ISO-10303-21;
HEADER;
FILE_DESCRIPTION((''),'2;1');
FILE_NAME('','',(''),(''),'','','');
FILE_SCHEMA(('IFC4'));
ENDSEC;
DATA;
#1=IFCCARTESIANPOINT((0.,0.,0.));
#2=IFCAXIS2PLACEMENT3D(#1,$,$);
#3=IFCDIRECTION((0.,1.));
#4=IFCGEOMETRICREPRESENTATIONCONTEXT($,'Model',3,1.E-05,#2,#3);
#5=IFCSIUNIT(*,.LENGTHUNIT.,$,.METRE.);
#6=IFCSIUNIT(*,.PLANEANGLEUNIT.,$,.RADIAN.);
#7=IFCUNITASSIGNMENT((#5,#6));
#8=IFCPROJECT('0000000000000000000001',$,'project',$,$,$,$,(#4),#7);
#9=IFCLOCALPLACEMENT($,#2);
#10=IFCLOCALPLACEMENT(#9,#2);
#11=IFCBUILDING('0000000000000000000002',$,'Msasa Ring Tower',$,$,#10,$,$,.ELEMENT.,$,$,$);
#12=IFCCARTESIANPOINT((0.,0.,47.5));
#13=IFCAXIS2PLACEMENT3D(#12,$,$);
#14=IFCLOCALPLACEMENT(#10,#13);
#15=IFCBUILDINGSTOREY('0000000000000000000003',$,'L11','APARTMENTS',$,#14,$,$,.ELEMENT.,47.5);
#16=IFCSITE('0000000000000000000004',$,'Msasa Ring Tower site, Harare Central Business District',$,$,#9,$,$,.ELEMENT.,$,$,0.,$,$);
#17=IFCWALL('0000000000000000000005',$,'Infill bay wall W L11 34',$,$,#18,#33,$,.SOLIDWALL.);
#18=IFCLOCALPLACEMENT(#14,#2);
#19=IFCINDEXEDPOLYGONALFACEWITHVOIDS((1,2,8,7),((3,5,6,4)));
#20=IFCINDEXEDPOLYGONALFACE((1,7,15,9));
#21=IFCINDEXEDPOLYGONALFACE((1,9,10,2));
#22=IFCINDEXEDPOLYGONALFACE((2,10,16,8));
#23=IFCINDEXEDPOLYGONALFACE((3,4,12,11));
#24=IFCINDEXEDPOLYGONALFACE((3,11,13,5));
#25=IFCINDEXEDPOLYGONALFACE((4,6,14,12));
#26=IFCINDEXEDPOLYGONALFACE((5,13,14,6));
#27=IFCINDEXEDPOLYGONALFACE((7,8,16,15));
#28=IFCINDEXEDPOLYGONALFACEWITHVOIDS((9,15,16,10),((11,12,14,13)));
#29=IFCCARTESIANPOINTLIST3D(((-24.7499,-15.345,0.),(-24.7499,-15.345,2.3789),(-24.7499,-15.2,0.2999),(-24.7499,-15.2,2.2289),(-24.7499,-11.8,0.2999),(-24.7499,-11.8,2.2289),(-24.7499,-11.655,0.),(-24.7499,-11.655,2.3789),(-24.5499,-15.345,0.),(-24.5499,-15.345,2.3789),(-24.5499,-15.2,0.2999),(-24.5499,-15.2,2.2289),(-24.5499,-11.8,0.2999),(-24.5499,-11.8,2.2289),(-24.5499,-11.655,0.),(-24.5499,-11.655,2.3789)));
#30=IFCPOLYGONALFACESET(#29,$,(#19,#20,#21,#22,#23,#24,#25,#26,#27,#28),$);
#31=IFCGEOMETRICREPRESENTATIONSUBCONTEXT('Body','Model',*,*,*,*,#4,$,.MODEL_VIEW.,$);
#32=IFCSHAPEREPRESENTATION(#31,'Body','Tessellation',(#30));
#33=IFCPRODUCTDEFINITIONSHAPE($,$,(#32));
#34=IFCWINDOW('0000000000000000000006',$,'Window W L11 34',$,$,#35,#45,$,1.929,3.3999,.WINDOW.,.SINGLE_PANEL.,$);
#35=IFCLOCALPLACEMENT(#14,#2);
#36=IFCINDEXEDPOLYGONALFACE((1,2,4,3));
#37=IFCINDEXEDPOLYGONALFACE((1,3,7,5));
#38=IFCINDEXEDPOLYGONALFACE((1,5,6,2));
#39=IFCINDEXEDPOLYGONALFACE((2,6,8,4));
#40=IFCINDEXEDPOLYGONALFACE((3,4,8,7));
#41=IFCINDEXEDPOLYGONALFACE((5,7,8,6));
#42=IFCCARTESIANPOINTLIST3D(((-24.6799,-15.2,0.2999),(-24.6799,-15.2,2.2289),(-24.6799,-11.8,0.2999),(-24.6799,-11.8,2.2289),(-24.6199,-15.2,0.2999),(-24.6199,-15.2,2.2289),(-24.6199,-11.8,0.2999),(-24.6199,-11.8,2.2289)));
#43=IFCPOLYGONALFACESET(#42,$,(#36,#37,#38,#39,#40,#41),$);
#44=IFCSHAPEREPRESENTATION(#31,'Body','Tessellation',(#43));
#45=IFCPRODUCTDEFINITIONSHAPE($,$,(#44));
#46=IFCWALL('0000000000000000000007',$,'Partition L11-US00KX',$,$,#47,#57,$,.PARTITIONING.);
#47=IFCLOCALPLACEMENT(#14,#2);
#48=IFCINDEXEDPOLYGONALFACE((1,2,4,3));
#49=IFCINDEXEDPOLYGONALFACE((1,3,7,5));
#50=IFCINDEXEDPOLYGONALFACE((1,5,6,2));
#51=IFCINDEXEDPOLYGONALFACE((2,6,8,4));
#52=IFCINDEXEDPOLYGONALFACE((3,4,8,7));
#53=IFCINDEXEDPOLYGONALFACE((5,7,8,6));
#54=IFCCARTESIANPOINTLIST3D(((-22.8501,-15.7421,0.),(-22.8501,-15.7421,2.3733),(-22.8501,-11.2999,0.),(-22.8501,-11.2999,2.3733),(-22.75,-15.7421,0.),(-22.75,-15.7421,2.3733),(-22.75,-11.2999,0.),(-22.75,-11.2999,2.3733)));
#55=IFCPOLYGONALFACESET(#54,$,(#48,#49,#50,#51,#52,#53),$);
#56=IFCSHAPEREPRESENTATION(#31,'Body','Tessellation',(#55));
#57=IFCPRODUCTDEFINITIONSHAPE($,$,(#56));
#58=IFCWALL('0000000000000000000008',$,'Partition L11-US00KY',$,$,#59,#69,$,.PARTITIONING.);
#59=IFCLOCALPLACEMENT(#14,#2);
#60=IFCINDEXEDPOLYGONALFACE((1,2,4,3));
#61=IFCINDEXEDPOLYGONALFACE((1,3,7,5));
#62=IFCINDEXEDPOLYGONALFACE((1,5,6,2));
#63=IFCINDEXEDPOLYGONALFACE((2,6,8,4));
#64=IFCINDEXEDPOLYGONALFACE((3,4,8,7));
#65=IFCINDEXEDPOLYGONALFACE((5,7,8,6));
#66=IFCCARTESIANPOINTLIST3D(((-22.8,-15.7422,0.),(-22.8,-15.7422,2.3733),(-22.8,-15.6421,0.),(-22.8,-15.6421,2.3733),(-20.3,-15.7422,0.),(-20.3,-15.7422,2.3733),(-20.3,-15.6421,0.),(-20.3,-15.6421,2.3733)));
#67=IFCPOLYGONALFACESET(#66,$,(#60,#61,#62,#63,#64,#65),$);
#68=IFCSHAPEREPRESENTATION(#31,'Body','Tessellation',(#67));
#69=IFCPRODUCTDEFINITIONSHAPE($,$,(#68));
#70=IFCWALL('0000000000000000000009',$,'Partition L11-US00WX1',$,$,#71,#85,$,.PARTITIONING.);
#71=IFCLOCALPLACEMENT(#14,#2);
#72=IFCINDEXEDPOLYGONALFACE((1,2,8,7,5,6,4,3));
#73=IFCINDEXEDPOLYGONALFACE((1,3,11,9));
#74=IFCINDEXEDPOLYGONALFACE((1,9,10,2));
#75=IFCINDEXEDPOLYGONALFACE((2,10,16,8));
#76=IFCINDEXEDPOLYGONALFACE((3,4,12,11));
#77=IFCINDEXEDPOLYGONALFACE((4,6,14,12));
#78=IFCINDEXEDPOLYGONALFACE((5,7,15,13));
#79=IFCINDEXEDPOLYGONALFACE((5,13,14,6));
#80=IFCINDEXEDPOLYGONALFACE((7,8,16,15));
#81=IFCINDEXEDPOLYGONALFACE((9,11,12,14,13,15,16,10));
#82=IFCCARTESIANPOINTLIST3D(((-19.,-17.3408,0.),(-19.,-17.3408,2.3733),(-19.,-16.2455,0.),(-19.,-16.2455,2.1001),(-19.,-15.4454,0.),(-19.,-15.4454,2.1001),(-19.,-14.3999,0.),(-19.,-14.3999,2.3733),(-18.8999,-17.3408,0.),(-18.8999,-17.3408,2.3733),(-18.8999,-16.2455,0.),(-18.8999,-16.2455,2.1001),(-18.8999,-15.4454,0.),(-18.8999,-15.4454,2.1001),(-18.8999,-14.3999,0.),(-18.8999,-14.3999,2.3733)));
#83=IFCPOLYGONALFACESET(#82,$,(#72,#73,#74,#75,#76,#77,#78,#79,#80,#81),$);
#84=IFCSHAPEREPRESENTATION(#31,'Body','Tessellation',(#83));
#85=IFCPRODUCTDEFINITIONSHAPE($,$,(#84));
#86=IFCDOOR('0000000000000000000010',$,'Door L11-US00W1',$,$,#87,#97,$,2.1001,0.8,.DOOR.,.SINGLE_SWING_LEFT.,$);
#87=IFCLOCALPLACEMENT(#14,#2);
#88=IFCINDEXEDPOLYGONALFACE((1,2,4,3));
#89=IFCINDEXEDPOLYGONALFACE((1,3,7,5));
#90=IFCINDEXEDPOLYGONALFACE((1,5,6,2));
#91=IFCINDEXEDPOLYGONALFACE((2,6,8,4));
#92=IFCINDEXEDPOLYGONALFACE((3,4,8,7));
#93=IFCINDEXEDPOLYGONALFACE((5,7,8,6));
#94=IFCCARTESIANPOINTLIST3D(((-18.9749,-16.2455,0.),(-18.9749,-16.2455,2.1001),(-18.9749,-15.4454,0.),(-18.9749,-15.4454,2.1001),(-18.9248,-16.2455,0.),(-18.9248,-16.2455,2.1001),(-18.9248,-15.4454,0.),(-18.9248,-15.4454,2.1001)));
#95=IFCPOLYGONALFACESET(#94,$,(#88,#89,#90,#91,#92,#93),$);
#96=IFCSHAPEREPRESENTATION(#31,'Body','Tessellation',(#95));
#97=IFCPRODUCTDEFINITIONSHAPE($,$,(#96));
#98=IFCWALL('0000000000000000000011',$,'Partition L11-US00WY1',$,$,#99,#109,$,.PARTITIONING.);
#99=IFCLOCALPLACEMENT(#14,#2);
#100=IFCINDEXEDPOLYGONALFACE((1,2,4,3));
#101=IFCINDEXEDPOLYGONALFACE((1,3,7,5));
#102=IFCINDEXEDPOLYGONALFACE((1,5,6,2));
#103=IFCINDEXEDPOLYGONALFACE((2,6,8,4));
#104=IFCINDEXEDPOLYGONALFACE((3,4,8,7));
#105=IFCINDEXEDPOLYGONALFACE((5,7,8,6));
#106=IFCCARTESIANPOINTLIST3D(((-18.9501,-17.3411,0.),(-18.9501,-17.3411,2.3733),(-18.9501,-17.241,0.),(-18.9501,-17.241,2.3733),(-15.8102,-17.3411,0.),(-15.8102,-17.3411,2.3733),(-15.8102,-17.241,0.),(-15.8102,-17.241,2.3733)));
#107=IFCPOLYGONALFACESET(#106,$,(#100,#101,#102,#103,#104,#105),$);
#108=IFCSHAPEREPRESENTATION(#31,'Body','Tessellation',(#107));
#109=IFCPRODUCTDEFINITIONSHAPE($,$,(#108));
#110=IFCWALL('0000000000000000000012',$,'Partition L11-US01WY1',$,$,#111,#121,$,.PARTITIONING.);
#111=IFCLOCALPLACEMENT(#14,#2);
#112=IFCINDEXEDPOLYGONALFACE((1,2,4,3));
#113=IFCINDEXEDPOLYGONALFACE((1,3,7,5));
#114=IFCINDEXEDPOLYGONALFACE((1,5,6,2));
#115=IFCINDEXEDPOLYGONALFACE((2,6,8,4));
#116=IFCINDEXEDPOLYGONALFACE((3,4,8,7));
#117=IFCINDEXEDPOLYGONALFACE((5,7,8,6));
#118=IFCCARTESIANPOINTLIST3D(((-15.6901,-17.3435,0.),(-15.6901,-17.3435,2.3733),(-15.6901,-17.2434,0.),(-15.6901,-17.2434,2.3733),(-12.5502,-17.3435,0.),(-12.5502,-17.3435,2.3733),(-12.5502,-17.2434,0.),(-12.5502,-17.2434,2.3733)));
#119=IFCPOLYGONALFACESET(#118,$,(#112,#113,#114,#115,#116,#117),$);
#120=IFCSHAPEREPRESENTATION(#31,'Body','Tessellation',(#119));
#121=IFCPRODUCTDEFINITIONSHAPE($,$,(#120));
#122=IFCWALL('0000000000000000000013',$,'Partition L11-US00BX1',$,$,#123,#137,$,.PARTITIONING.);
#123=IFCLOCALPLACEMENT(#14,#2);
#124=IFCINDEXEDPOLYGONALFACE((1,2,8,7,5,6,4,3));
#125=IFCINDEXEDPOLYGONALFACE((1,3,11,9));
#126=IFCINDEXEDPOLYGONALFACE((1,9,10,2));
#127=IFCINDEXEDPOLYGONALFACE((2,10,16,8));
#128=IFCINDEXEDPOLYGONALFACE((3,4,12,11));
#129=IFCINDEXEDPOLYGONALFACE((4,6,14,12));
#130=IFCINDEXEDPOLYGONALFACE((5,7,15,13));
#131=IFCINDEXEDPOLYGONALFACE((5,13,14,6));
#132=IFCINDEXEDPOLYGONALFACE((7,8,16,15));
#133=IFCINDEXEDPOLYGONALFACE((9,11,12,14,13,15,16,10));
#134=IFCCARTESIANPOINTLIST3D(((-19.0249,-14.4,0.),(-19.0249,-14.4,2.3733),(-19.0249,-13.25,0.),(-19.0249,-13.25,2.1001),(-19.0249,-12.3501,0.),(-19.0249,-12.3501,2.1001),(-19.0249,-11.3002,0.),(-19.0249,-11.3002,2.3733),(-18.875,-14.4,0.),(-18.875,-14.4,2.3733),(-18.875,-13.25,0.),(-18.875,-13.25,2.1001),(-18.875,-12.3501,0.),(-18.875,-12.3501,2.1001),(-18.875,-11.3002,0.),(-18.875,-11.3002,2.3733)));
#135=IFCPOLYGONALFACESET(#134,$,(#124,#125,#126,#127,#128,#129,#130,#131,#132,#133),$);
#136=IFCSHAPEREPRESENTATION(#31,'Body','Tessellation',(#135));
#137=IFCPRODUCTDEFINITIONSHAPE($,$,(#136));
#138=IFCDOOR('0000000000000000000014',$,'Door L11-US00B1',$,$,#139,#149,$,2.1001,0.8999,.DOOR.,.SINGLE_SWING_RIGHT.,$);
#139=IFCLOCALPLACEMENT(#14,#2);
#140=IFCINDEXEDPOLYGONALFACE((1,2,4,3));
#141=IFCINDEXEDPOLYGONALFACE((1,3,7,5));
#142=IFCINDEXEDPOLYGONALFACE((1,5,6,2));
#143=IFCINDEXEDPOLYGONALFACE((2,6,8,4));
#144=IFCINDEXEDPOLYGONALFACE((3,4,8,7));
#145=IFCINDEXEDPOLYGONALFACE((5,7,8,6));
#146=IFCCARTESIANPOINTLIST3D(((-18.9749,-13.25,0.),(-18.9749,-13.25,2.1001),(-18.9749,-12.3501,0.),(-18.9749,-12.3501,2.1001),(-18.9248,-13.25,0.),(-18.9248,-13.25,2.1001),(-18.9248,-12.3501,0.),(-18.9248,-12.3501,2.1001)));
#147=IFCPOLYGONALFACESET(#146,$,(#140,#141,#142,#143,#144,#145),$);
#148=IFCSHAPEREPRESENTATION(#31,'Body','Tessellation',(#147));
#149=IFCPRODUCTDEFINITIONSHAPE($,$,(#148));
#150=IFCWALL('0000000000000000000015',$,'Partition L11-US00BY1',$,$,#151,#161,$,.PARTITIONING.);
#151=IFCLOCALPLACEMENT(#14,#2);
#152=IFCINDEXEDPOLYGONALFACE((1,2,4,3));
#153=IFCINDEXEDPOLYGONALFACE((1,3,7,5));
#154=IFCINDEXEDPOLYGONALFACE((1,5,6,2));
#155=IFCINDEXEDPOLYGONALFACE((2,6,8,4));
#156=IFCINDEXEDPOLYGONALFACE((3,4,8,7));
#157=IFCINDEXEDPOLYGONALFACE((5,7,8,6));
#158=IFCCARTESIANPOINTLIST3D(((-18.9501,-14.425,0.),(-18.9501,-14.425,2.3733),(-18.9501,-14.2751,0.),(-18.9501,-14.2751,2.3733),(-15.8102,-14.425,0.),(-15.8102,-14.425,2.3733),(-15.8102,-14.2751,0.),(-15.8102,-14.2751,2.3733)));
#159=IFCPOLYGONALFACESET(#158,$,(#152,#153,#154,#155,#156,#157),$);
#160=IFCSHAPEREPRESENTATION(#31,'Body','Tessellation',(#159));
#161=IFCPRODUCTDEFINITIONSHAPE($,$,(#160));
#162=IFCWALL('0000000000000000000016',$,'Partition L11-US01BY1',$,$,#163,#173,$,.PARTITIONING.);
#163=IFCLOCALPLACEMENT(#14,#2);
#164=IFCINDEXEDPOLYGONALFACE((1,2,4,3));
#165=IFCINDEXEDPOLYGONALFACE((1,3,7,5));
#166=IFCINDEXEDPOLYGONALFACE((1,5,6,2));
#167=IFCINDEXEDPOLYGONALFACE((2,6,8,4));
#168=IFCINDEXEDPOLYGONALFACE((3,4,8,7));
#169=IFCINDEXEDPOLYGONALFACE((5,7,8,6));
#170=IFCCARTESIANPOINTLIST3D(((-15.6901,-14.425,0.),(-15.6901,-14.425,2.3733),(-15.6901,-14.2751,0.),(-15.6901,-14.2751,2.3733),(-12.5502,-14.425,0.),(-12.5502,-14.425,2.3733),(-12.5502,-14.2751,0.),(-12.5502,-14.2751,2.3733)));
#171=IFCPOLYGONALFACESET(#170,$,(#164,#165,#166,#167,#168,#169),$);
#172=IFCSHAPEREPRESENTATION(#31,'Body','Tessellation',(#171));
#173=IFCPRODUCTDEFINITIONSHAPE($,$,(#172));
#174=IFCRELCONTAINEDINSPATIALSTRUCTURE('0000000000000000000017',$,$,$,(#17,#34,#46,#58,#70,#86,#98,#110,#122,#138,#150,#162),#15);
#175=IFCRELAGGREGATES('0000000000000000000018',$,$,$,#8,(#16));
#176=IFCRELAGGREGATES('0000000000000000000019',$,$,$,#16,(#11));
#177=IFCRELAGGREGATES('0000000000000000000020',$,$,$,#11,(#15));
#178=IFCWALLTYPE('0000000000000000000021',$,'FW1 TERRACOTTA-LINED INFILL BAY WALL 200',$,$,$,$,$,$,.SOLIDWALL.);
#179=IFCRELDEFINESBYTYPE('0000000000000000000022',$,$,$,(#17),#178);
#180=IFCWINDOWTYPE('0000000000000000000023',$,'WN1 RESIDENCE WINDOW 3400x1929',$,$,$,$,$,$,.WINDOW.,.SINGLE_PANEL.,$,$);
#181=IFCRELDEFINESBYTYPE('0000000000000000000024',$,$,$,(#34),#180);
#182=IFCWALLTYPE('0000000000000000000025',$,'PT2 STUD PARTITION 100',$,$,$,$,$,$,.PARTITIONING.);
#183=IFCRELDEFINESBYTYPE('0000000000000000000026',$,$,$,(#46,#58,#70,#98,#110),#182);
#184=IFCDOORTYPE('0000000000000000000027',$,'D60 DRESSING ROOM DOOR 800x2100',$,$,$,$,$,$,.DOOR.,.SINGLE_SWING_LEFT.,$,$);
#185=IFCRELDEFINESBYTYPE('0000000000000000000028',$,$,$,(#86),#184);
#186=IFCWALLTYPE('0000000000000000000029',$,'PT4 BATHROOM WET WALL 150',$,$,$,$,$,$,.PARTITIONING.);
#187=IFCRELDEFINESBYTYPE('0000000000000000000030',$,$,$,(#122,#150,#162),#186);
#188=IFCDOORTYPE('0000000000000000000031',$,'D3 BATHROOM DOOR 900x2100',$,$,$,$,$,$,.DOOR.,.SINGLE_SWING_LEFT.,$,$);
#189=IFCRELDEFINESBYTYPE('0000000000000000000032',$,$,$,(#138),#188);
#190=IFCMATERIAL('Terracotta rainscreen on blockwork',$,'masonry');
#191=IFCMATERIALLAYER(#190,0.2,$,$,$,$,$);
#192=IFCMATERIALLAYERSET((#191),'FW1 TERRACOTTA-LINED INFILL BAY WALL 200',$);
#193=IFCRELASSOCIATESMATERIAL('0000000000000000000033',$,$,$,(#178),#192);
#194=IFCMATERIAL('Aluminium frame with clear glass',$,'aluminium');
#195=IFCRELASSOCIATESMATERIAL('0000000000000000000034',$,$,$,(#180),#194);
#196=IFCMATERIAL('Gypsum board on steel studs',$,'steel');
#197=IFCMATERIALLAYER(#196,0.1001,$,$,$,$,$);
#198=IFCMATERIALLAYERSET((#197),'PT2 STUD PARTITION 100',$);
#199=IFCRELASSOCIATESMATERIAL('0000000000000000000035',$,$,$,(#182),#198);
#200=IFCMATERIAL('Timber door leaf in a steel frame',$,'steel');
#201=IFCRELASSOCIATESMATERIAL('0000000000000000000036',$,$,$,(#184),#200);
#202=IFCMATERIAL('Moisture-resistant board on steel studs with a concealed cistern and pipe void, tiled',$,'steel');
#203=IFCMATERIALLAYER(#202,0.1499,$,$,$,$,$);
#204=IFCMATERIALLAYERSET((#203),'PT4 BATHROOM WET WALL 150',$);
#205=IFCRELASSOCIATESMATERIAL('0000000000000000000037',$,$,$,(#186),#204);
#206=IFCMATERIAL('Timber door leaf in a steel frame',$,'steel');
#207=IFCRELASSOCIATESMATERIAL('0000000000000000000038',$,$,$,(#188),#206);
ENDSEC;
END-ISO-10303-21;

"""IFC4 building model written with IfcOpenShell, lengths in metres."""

from ifc_helpers import new_model, si_unit, direction, frame, frame_2d, origin, place, context, subcontext, project, spatial, rectangle, extrude, material, layer, layer_set, type_object, element, fill, save


model = new_model("IFC4")

# Units and contexts
model_context = context("Model", 3, precision=1e-05, world=origin(), true_north=direction((0.0, 1.0)))
body_context = subcontext(model_context, "Body", "Model", "MODEL_VIEW")
ifc_project = project(units=[si_unit("LENGTHUNIT", "METRE"), si_unit("PLANEANGLEUNIT", "RADIAN")], contexts=[model_context])

# Site, building, storey
site_placement = place(None, origin())
site = spatial("IfcSite", under=ifc_project, at=site_placement, Name="Msasa Ring Tower site, Harare Central Business District", CompositionType="ELEMENT", RefElevation=0.0)
building_placement = place(site_placement, origin())
building = spatial("IfcBuilding", under=site, at=building_placement, Name="Msasa Ring Tower", CompositionType="ELEMENT")
storey_placement = place(building_placement, frame((0.0, 0.0, 47.5)))
storey = spatial("IfcBuildingStorey", under=building, at=storey_placement, Name="L11", Description="APARTMENTS", CompositionType="ELEMENT", Elevation=47.5)

# Wall, opening, window
ifc_material_1 = material(Name="Terracotta rainscreen on blockwork", Category="masonry")
ifc_layer_1 = layer(ifc_material_1, 0.2)
ifc_layer_set_1 = layer_set([ifc_layer_1], Name="FW1 TERRACOTTA-LINED INFILL BAY WALL 200")
wall_type_1 = type_object("IfcWallType", Name="FW1 TERRACOTTA-LINED INFILL BAY WALL 200", PredefinedType="SOLIDWALL", material=ifc_layer_set_1)
ifc_material_2 = material(Name="Aluminium frame with clear glass", Category="aluminium")
window_type = type_object("IfcWindowType", Name="WN1 RESIDENCE WINDOW 3400x1929", PartitioningType="SINGLE_PANEL", PredefinedType="WINDOW", material=ifc_material_2)
wall_1_placement = place(storey_placement, frame((-24.6499, -15.345, 0.0), z_axis=(0.0, 0.0, 1.0), x_axis=(0.0, 1.0, 0.0)))
wall_1 = element("IfcWall", 1, at=wall_1_placement, inside=storey, type_object=wall_type_1, Name="Infill bay wall W L11 34", PredefinedType="SOLIDWALL", context=body_context, shape_type="SweptSolid", body=[
    extrude(rectangle(XDim=3.6899, YDim=0.2, at=frame_2d((1.845, 0.0))), origin(), (0.0, 0.0, 1.0), 2.3789),
])
opening_1_placement = place(wall_1_placement, frame((0.145, 0.0, 0.3)))
opening_1 = element("IfcOpeningElement", 2, at=opening_1_placement, cuts=wall_1, PredefinedType="OPENING", context=body_context, shape_type="SweptSolid", body=[
    extrude(rectangle(XDim=3.3999, YDim=1.929, at=frame_2d((1.7, 0.9644))), frame((0.0, 0.1099, 0.0), z_axis=(0.0, -1.0, 0.0), x_axis=(1.0, 0.0, 0.0)), (0.0, 0.0, 1.0), 0.22),
])
window_1_placement = place(opening_1_placement, origin())
window_1 = element("IfcWindow", 3, at=window_1_placement, inside=storey, type_object=window_type, Name="Window W L11 34", OverallHeight=1.929, OverallWidth=3.3999, PartitioningType="SINGLE_PANEL", PredefinedType="WINDOW", context=body_context, shape_type="SweptSolid", body=[
    extrude(rectangle(XDim=3.3999, YDim=1.929, at=frame_2d((1.7, 0.9644))), frame((0.0, 0.03, 0.0), z_axis=(0.0, -1.0, 0.0), x_axis=(1.0, 0.0, 0.0)), (0.0, 0.0, 1.0), 0.0601),
])
fill(opening_1, window_1)

# Walls
ifc_material_3 = material(Name="Gypsum board on steel studs", Category="steel")
ifc_layer_2 = layer(ifc_material_3, 0.1001)
ifc_layer_set_2 = layer_set([ifc_layer_2], Name="PT2 STUD PARTITION 100")
wall_type_2 = type_object("IfcWallType", Name="PT2 STUD PARTITION 100", PredefinedType="PARTITIONING", material=ifc_layer_set_2)
wall_2_placement = place(storey_placement, frame((-22.8, -15.7422, 0.0), z_axis=(0.0, 0.0, 1.0), x_axis=(0.0, 1.0, 0.0)))
element("IfcWall", 4, at=wall_2_placement, inside=storey, type_object=wall_type_2, Name="Partition L11-US00KX", PredefinedType="PARTITIONING", context=body_context, shape_type="SweptSolid", body=[
    extrude(rectangle(XDim=4.4421, YDim=0.1001, at=frame_2d((2.2212, 0.0))), origin(), (0.0, 0.0, 1.0), 2.3733),
])
wall_3_placement = place(storey_placement, frame((-22.8, -15.6921, 0.0), z_axis=(0.0, 0.0, 1.0), x_axis=(1.0, 0.0, 0.0)))
element("IfcWall", 5, at=wall_3_placement, inside=storey, type_object=wall_type_2, Name="Partition L11-US00KY", PredefinedType="PARTITIONING", context=body_context, shape_type="SweptSolid", body=[
    extrude(rectangle(XDim=2.5, YDim=0.1001, at=frame_2d((1.25, 0.0))), origin(), (0.0, 0.0, 1.0), 2.3733),
])

# Wall, opening, door
wall_4_placement = place(storey_placement, frame((-18.95, -17.3408, 0.0), z_axis=(0.0, 0.0, 1.0), x_axis=(0.0, 1.0, 0.0)))
wall_4 = element("IfcWall", 6, at=wall_4_placement, inside=storey, type_object=wall_type_2, Name="Partition L11-US00WX1", PredefinedType="PARTITIONING", context=body_context, shape_type="SweptSolid", body=[
    extrude(rectangle(XDim=2.9409, YDim=0.1001, at=frame_2d((1.4705, 0.0))), origin(), (0.0, 0.0, 1.0), 2.3733),
])
opening_2_placement = place(wall_4_placement, frame((1.0955, 0.0, 0.0)))
opening_2 = element("IfcOpeningElement", 7, at=opening_2_placement, cuts=wall_4, PredefinedType="OPENING", context=body_context, shape_type="SweptSolid", body=[
    extrude(rectangle(XDim=0.8, YDim=2.1001, at=frame_2d((0.3999, 1.05))), frame((0.0, 0.0601, 0.0), z_axis=(0.0, -1.0, 0.0), x_axis=(1.0, 0.0, 0.0)), (0.0, 0.0, 1.0), 0.1201),
])
ifc_material_4 = material(Name="Timber door leaf in a steel frame", Category="steel")
door_type_1 = type_object("IfcDoorType", Name="D60 DRESSING ROOM DOOR 800x2100", OperationType="SINGLE_SWING_LEFT", PredefinedType="DOOR", material=ifc_material_4)
door_1_placement = place(opening_2_placement, origin())
door_1 = element("IfcDoor", 8, at=door_1_placement, inside=storey, type_object=door_type_1, Name="Door L11-US00W1", OperationType="SINGLE_SWING_LEFT", OverallHeight=2.1001, OverallWidth=0.8, PredefinedType="DOOR", context=body_context, shape_type="SweptSolid", body=[
    extrude(rectangle(XDim=0.8, YDim=2.1001, at=frame_2d((0.3999, 1.05))), frame((0.0, 0.0249, 0.0), z_axis=(0.0, -1.0, 0.0), x_axis=(1.0, 0.0, 0.0)), (0.0, 0.0, 1.0), 0.05),
])
fill(opening_2, door_1)

# Walls
for number, where, z_axis, x_axis, name in (
    (9, (-18.95, -17.291, 0.0), (0.0, 0.0, 1.0), (1.0, 0.0, 0.0), "Partition L11-US00WY1"),
    (10, (-15.6899, -17.2935, 0.0), (0.0, 0.0, 1.0), (1.0, 0.0, 0.0), "Partition L11-US01WY1"),
):
    element("IfcWall", number, at=place(storey_placement, frame(where, z_axis=z_axis, x_axis=x_axis)), inside=storey, type_object=wall_type_2, Name=name, PredefinedType="PARTITIONING", context=body_context, shape_type="SweptSolid", body=[
        extrude(rectangle(XDim=3.1399, YDim=0.1001, at=frame_2d((1.5698, 0.0))), origin(), (0.0, 0.0, 1.0), 2.3733),
    ])

# Wall, opening, door
ifc_material_5 = material(Name="Moisture-resistant board on steel studs with a concealed cistern and pipe void, tiled", Category="steel")
ifc_layer_3 = layer(ifc_material_5, 0.1499)
ifc_layer_set_3 = layer_set([ifc_layer_3], Name="PT4 BATHROOM WET WALL 150")
wall_type_3 = type_object("IfcWallType", Name="PT4 BATHROOM WET WALL 150", PredefinedType="PARTITIONING", material=ifc_layer_set_3)
wall_5_placement = place(storey_placement, frame((-18.95, -14.3999, 0.0), z_axis=(0.0, 0.0, 1.0), x_axis=(0.0, 1.0, 0.0)))
wall_5 = element("IfcWall", 11, at=wall_5_placement, inside=storey, type_object=wall_type_3, Name="Partition L11-US00BX1", PredefinedType="PARTITIONING", context=body_context, shape_type="SweptSolid", body=[
    extrude(rectangle(XDim=3.0999, YDim=0.1499, at=frame_2d((1.5498, 0.0))), origin(), (0.0, 0.0, 1.0), 2.3733),
])
opening_3_placement = place(wall_5_placement, frame((1.1499, 0.0, 0.0)))
opening_3 = element("IfcOpeningElement", 12, at=opening_3_placement, cuts=wall_5, PredefinedType="OPENING", context=body_context, shape_type="SweptSolid", body=[
    extrude(rectangle(XDim=0.8999, YDim=2.1001, at=frame_2d((0.45, 1.05))), frame((0.0, 0.085, 0.0), z_axis=(0.0, -1.0, 0.0), x_axis=(1.0, 0.0, 0.0)), (0.0, 0.0, 1.0), 0.1699),
])
ifc_material_6 = material(Name="Timber door leaf in a steel frame", Category="steel")
door_type_2 = type_object("IfcDoorType", Name="D3 BATHROOM DOOR 900x2100", OperationType="SINGLE_SWING_LEFT", PredefinedType="DOOR", material=ifc_material_6)
door_2_placement = place(opening_3_placement, origin())
door_2 = element("IfcDoor", 13, at=door_2_placement, inside=storey, type_object=door_type_2, Name="Door L11-US00B1", OperationType="SINGLE_SWING_RIGHT", OverallHeight=2.1001, OverallWidth=0.8999, PredefinedType="DOOR", context=body_context, shape_type="SweptSolid", body=[
    extrude(rectangle(XDim=0.8999, YDim=2.1001, at=frame_2d((0.45, 1.05))), frame((0.0, 0.0249, 0.0), z_axis=(0.0, -1.0, 0.0), x_axis=(1.0, 0.0, 0.0)), (0.0, 0.0, 1.0), 0.05),
])
fill(opening_3, door_2)

# Walls
for number, where, z_axis, x_axis, name in (
    (14, (-18.95, -14.3501, 0.0), (0.0, 0.0, 1.0), (1.0, 0.0, 0.0), "Partition L11-US00BY1"),
    (15, (-15.6899, -14.3501, 0.0), (0.0, 0.0, 1.0), (1.0, 0.0, 0.0), "Partition L11-US01BY1"),
):
    element("IfcWall", number, at=place(storey_placement, frame(where, z_axis=z_axis, x_axis=x_axis)), inside=storey, type_object=wall_type_3, Name=name, PredefinedType="PARTITIONING", context=body_context, shape_type="SweptSolid", body=[
        extrude(rectangle(XDim=3.1399, YDim=0.1499, at=frame_2d((1.5698, 0.0))), origin(), (0.0, 0.0, 1.0), 2.3733),
    ])

save(model, "model.ifc")
